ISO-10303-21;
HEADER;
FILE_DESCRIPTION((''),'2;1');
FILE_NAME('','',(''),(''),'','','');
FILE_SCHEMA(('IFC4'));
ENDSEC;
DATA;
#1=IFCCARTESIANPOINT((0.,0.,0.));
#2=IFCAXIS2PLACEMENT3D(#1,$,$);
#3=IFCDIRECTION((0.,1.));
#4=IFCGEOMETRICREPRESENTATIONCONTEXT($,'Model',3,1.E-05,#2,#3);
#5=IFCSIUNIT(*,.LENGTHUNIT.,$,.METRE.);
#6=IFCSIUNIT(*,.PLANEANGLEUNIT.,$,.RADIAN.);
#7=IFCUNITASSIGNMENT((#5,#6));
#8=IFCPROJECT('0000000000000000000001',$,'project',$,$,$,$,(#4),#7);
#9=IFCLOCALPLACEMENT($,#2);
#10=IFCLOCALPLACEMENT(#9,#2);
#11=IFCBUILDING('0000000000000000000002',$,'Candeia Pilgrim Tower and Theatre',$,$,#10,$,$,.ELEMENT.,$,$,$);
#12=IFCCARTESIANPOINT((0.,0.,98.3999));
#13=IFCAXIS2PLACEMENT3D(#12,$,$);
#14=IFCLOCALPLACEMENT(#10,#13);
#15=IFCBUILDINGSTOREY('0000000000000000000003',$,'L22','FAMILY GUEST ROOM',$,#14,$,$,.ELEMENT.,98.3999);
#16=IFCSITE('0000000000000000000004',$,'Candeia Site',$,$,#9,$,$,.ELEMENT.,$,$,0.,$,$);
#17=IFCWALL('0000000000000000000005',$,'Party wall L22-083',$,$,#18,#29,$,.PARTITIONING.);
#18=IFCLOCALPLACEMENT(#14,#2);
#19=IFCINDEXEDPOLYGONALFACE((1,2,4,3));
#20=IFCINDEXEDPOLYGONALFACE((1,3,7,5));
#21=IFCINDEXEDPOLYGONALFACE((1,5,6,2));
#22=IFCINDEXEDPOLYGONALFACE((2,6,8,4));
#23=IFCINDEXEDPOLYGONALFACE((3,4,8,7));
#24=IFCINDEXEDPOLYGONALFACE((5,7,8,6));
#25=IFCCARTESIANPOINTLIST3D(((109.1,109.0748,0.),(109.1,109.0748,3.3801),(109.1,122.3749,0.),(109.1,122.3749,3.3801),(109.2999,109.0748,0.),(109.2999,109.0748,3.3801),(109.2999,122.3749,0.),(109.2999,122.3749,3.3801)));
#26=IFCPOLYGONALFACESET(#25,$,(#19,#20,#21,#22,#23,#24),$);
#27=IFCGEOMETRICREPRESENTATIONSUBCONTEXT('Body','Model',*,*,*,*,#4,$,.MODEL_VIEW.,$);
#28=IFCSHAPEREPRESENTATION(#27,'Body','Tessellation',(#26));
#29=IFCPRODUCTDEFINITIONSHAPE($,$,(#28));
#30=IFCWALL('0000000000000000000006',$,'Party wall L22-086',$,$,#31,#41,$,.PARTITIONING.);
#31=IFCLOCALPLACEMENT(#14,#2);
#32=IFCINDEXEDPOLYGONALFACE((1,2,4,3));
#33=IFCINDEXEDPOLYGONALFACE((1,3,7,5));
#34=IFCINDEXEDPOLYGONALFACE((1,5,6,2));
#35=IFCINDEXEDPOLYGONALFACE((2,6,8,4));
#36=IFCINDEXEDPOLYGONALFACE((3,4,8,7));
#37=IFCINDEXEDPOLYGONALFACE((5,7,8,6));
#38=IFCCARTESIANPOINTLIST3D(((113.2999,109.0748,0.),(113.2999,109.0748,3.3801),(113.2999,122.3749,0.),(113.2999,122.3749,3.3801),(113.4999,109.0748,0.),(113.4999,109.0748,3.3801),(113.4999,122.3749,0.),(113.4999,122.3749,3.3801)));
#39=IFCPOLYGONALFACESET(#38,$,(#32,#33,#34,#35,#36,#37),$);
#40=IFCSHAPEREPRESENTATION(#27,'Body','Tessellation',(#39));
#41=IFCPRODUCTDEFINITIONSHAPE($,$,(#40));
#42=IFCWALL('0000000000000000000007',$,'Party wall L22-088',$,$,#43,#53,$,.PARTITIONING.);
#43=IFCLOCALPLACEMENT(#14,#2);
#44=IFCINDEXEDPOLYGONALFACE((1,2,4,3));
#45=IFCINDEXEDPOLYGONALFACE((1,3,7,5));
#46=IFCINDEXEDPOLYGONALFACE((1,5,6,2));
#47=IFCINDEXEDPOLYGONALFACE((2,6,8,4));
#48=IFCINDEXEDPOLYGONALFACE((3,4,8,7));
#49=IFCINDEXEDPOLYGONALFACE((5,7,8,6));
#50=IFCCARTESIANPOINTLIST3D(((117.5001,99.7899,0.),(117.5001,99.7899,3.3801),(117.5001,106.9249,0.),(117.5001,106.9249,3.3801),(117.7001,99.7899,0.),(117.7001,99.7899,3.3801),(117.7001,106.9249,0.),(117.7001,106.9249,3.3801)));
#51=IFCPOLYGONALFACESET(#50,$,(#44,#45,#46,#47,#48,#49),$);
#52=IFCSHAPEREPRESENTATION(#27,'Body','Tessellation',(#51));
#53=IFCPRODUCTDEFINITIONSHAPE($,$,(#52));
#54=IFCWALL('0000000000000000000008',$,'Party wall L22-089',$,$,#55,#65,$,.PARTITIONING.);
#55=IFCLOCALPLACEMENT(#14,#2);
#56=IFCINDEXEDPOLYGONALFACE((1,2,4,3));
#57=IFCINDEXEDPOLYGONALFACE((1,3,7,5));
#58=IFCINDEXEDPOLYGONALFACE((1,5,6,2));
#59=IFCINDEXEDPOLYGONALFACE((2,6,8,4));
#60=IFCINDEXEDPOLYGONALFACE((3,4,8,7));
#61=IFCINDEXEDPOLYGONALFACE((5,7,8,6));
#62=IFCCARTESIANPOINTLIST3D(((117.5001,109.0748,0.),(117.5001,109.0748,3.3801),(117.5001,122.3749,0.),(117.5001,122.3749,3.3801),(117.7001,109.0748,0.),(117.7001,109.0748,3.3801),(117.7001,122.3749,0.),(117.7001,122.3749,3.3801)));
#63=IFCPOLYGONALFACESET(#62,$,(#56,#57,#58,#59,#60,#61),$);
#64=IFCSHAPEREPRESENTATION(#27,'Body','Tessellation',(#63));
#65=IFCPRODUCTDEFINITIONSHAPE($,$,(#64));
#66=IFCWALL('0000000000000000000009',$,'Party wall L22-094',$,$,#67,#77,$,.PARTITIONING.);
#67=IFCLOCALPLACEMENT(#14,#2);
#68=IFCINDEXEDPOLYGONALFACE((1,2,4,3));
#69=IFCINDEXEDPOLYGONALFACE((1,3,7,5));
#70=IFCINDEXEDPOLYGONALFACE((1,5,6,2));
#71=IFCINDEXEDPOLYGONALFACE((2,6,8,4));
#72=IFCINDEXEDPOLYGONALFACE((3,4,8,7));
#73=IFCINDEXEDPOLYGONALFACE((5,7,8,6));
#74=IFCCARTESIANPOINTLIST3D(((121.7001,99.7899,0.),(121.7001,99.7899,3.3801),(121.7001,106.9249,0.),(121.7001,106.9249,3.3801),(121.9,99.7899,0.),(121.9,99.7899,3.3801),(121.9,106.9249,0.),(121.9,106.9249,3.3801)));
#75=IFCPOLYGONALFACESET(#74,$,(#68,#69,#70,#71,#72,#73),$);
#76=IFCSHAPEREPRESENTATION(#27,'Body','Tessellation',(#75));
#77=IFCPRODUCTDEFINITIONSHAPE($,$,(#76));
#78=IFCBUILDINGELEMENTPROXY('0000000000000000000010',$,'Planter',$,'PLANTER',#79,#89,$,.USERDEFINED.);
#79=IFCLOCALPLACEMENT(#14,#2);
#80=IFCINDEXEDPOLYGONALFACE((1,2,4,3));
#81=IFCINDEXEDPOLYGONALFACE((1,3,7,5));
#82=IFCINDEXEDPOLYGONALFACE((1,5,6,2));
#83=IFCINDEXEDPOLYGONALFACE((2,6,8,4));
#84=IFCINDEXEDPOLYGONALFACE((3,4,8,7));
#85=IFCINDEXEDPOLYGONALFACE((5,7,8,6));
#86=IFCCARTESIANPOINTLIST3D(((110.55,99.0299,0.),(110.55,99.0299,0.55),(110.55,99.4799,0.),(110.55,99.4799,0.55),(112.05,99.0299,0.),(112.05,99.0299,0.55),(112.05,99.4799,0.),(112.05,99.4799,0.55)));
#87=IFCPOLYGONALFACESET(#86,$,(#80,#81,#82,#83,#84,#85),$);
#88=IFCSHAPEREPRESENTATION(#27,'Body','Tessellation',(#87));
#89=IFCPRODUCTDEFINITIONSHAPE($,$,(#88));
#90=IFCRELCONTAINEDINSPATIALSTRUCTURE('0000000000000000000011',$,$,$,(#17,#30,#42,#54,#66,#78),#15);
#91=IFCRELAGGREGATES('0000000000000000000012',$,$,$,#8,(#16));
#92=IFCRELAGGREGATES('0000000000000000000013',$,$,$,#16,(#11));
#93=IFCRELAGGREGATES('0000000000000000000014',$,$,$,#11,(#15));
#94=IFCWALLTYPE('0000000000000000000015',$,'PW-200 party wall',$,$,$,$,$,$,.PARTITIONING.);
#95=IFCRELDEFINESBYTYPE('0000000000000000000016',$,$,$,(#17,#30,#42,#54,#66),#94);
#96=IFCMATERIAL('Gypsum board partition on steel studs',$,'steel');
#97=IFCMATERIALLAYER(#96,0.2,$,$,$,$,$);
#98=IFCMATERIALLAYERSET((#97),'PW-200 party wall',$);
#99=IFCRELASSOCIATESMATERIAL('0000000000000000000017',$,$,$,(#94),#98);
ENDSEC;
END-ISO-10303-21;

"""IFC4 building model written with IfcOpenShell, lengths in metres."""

from ifc_helpers import new_model, si_unit, direction, frame, frame_2d, origin, origin_2d, place, context, subcontext, project, spatial, rectangle, extrude, material, layer, layer_set, type_object, element, save


model = new_model("IFC4")

# Units and contexts
model_context = context("Model", 3, precision=1e-05, world=origin(), true_north=direction((0.0, 1.0)))
body_context = subcontext(model_context, "Body", "Model", "MODEL_VIEW")
ifc_project = project(units=[si_unit("LENGTHUNIT", "METRE"), si_unit("PLANEANGLEUNIT", "RADIAN")], contexts=[model_context])

# Site, building, storey
site_placement = place(None, origin())
site = spatial("IfcSite", under=ifc_project, at=site_placement, Name="Candeia Site", CompositionType="ELEMENT", RefElevation=0.0)
building_placement = place(site_placement, origin())
building = spatial("IfcBuilding", under=site, at=building_placement, Name="Candeia Pilgrim Tower and Theatre", CompositionType="ELEMENT")
storey_placement = place(building_placement, frame((0.0, 0.0, 98.3999)))
storey = spatial("IfcBuildingStorey", under=building, at=storey_placement, Name="L22", Description="FAMILY GUEST ROOM", CompositionType="ELEMENT", Elevation=98.3999)

# Shared definitions
ifc_material_1 = material(Name="Gypsum board partition on steel studs", Category="steel")

# Walls
ifc_layer_1 = layer(ifc_material_1, 0.2)
ifc_layer_set_1 = layer_set([ifc_layer_1], Name="PW-200 party wall")
wall_type_1 = type_object("IfcWallType", Name="PW-200 party wall", PredefinedType="PARTITIONING", material=ifc_layer_set_1)
for number, where, z_axis, x_axis, name in (
    (1, (109.2, 109.075, 0.0), (0.0, 0.0, 1.0), (0.0, 1.0, 0.0), "Party wall L22-083"),
    (2, (113.3999, 109.075, 0.0), (0.0, 0.0, 1.0), (0.0, 1.0, 0.0), "Party wall L22-086"),
):
    element("IfcWall", number, at=place(storey_placement, frame(where, z_axis=z_axis, x_axis=x_axis)), inside=storey, type_object=wall_type_1, Name=name, PredefinedType="PARTITIONING", context=body_context, shape_type="SweptSolid", body=[
        extrude(rectangle(XDim=13.3, YDim=0.2, at=frame_2d((6.6499, 0.0))), origin(), (0.0, 0.0, 1.0), 3.3801),
    ])
wall_1_placement = place(storey_placement, frame((117.6001, 99.79, 0.0), z_axis=(0.0, 0.0, 1.0), x_axis=(0.0, 1.0, 0.0)))
element("IfcWall", 3, at=wall_1_placement, inside=storey, type_object=wall_type_1, Name="Party wall L22-088", PredefinedType="PARTITIONING", context=body_context, shape_type="SweptSolid", body=[
    extrude(rectangle(XDim=7.135, YDim=0.2, at=frame_2d((3.5674, 0.0))), origin(), (0.0, 0.0, 1.0), 3.3801),
])
wall_2_placement = place(storey_placement, frame((117.6001, 109.075, 0.0), z_axis=(0.0, 0.0, 1.0), x_axis=(0.0, 1.0, 0.0)))
element("IfcWall", 4, at=wall_2_placement, inside=storey, type_object=wall_type_1, Name="Party wall L22-089", PredefinedType="PARTITIONING", context=body_context, shape_type="SweptSolid", body=[
    extrude(rectangle(XDim=13.3, YDim=0.2, at=frame_2d((6.6499, 0.0))), origin(), (0.0, 0.0, 1.0), 3.3801),
])
wall_3_placement = place(storey_placement, frame((121.8, 99.79, 0.0), z_axis=(0.0, 0.0, 1.0), x_axis=(0.0, 1.0, 0.0)))
element("IfcWall", 5, at=wall_3_placement, inside=storey, type_object=wall_type_1, Name="Party wall L22-094", PredefinedType="PARTITIONING", context=body_context, shape_type="SweptSolid", body=[
    extrude(rectangle(XDim=7.135, YDim=0.2, at=frame_2d((3.5674, 0.0))), origin(), (0.0, 0.0, 1.0), 3.3801),
])

# Building element proxy
proxy_placement = place(storey_placement, frame((111.3, 99.2549, 0.0), z_axis=(0.0, 0.0, 1.0), x_axis=(1.0, 0.0, 0.0)))
element("IfcBuildingElementProxy", 6, at=proxy_placement, inside=storey, Name="Planter", ObjectType="PLANTER", PredefinedType="USERDEFINED", context=body_context, shape_type="SweptSolid", body=[
    extrude(rectangle(XDim=1.5, YDim=0.45, at=origin_2d()), origin(), (0.0, 0.0, 1.0), 0.55),
])

save(model, "model.ifc")
